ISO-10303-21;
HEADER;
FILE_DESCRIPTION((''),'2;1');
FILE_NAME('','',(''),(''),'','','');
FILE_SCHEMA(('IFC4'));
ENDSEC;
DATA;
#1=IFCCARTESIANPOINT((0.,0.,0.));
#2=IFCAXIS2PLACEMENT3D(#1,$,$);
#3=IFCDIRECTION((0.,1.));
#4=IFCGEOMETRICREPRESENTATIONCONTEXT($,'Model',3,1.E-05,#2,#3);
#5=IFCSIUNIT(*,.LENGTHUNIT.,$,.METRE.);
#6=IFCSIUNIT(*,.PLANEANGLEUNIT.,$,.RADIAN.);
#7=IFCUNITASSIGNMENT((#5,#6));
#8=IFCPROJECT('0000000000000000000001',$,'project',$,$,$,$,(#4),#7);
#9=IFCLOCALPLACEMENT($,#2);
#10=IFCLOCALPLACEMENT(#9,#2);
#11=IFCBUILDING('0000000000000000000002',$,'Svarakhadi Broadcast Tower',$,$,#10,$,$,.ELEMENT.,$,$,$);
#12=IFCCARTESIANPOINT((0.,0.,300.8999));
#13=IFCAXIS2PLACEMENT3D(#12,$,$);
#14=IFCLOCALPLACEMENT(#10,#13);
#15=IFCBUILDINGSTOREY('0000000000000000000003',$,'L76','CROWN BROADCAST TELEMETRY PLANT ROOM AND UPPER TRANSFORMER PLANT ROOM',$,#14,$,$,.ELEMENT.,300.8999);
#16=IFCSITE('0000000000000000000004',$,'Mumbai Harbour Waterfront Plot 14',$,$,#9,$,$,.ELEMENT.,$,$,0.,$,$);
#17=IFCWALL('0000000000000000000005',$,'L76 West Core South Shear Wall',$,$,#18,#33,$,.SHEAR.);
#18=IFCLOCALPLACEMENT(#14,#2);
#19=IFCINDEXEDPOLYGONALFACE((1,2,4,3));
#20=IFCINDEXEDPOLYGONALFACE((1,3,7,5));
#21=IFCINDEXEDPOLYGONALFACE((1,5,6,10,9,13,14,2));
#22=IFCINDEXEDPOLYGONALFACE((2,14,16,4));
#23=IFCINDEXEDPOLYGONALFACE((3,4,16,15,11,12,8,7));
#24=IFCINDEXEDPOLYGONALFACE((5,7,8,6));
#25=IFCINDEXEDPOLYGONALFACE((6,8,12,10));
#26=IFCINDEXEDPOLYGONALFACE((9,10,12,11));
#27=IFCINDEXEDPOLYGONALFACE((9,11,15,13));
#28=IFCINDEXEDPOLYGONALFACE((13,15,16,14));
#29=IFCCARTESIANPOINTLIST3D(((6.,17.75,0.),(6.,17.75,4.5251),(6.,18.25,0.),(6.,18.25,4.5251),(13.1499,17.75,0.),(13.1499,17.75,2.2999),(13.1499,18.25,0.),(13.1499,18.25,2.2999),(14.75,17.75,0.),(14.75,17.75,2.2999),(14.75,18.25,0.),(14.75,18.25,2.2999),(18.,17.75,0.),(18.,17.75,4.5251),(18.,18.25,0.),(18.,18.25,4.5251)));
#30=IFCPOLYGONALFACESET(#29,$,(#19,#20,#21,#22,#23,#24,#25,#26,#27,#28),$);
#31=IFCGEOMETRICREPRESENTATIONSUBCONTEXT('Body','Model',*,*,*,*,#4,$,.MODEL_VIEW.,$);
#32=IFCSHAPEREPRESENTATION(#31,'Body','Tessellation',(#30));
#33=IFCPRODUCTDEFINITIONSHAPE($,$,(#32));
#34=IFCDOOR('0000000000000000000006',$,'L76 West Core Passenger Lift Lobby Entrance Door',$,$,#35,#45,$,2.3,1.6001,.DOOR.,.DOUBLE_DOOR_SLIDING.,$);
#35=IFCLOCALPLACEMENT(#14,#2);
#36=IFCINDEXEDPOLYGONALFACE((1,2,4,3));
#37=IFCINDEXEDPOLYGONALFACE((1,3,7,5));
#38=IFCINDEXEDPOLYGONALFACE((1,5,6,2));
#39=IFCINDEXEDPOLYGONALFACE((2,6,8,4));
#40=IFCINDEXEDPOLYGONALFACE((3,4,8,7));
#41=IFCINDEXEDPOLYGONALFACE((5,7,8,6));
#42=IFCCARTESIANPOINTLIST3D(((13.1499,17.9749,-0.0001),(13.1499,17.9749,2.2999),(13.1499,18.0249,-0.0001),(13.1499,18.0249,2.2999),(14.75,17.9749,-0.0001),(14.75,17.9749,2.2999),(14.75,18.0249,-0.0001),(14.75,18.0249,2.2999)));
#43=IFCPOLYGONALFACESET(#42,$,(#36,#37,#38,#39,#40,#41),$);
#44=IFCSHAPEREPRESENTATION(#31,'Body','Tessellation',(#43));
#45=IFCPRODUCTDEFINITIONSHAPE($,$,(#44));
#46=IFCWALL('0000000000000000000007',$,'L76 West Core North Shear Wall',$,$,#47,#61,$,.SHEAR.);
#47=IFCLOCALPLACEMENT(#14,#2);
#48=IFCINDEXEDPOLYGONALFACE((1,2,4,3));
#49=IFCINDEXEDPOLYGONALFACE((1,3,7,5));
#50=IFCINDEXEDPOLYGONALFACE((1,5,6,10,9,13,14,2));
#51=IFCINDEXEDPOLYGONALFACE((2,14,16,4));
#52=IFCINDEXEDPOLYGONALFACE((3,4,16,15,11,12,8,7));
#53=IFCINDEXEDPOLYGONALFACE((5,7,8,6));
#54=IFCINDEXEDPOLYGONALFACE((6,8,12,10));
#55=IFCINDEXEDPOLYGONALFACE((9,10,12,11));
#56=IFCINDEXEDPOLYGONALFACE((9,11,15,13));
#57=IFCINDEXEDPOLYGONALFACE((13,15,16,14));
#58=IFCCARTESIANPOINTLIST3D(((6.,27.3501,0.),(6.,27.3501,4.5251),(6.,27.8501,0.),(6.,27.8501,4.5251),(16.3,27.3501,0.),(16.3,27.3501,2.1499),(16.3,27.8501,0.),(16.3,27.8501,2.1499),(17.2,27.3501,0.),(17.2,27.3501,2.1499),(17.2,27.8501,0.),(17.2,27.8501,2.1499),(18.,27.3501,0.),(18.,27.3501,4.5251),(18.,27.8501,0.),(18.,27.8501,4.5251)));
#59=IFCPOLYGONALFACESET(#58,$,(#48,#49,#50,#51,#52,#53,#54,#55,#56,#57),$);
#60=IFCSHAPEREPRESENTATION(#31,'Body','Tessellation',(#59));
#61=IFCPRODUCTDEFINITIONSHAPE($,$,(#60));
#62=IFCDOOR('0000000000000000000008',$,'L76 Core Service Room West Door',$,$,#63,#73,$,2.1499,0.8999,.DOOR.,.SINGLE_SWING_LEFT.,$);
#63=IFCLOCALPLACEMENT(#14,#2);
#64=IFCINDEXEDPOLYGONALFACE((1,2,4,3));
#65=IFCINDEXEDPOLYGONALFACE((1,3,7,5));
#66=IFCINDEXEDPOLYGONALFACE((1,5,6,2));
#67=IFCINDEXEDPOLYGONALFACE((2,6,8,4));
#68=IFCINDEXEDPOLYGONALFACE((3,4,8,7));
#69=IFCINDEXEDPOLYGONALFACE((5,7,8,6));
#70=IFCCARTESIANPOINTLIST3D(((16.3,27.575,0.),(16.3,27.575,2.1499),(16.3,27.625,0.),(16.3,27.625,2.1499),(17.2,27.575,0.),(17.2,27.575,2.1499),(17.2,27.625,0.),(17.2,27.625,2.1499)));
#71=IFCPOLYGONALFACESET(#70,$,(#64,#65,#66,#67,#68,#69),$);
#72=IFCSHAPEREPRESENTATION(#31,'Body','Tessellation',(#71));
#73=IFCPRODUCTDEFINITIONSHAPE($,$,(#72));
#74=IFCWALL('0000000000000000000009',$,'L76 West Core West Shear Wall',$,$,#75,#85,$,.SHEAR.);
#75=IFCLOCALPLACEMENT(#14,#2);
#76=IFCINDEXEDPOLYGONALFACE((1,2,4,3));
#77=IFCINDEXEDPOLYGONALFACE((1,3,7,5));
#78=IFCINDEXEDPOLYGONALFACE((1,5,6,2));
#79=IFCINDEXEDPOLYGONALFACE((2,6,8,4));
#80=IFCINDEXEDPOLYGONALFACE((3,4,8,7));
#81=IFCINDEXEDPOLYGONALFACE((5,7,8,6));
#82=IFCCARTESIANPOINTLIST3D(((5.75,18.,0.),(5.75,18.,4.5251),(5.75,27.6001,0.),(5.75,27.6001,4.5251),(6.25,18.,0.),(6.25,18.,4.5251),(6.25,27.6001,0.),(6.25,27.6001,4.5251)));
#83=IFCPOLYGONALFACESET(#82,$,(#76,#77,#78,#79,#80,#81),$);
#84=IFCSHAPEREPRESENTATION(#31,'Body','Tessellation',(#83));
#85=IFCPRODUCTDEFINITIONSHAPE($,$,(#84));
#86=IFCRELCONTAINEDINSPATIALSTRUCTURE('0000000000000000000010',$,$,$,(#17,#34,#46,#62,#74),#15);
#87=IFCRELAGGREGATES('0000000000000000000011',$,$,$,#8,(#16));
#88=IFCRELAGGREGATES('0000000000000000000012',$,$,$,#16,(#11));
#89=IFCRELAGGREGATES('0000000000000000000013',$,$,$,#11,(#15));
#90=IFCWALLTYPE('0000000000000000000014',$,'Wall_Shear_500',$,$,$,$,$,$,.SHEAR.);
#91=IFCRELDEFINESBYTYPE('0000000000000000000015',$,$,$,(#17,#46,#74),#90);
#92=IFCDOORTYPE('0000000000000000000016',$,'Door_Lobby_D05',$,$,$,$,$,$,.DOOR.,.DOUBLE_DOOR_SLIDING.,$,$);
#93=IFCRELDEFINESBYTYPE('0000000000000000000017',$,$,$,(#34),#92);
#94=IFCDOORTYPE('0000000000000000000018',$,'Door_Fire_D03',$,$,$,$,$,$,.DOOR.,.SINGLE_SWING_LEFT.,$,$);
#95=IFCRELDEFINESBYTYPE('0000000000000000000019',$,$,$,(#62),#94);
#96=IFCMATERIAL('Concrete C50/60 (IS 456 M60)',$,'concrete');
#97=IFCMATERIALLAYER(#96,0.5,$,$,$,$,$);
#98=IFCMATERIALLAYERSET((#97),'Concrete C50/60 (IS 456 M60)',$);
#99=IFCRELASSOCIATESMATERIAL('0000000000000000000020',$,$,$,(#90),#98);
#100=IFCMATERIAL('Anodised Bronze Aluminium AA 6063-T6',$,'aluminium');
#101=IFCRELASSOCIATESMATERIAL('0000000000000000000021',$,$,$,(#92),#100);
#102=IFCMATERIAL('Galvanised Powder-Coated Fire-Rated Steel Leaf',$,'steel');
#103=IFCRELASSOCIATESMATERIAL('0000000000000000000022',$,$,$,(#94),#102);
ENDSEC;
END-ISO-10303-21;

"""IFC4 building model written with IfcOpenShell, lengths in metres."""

from ifc_helpers import new_model, si_unit, direction, frame, frame_2d, origin, place, context, subcontext, project, spatial, rectangle, extrude, material, layer, layer_set, type_object, element, fill, save


model = new_model("IFC4")

# Units and contexts
model_context = context("Model", 3, precision=1e-05, world=origin(), true_north=direction((0.0, 1.0)))
body_context = subcontext(model_context, "Body", "Model", "MODEL_VIEW")
ifc_project = project(units=[si_unit("LENGTHUNIT", "METRE"), si_unit("PLANEANGLEUNIT", "RADIAN")], contexts=[model_context])

# Site, building, storey
site_placement = place(None, origin())
site = spatial("IfcSite", under=ifc_project, at=site_placement, Name="Mumbai Harbour Waterfront Plot 14", CompositionType="ELEMENT", RefElevation=0.0)
building_placement = place(site_placement, origin())
building = spatial("IfcBuilding", under=site, at=building_placement, Name="Svarakhadi Broadcast Tower", CompositionType="ELEMENT")
storey_placement = place(building_placement, frame((0.0, 0.0, 300.8999)))
storey = spatial("IfcBuildingStorey", under=building, at=storey_placement, Name="L76", Description="CROWN BROADCAST TELEMETRY PLANT ROOM AND UPPER TRANSFORMER PLANT ROOM", CompositionType="ELEMENT", Elevation=300.8999)

# Shared definitions
ifc_material_1 = material(Name="Concrete C50/60 (IS 456 M60)", Category="concrete")

# Shared definitions
ifc_material_2 = material(Name="Galvanised Powder-Coated Fire-Rated Steel Leaf", Category="steel")

# Walls, openings, doors
ifc_layer_1 = layer(ifc_material_1, 0.5)
ifc_layer_set_1 = layer_set([ifc_layer_1], Name="Concrete C50/60 (IS 456 M60)")
wall_type_1 = type_object("IfcWallType", Name="Wall_Shear_500", PredefinedType="SHEAR", material=ifc_layer_set_1)
wall_1_placement = place(storey_placement, frame((6.0, 18.0, 0.0), z_axis=(0.0, 0.0, 1.0), x_axis=(1.0, 0.0, 0.0)))
wall_1 = element("IfcWall", 1, at=wall_1_placement, inside=storey, type_object=wall_type_1, Name="L76 West Core South Shear Wall", PredefinedType="SHEAR", context=body_context, shape_type="SweptSolid", body=[
    extrude(rectangle(XDim=12.0, YDim=0.5, at=frame_2d((6.0, 0.0))), origin(), (0.0, 0.0, 1.0), 4.5251),
])
opening_1_placement = place(wall_1_placement, frame((7.1499, 0.0, 0.0)))
opening_1 = element("IfcOpeningElement", 2, at=opening_1_placement, cuts=wall_1, PredefinedType="OPENING", context=body_context, shape_type="SweptSolid", body=[
    extrude(rectangle(XDim=1.6001, YDim=2.3, at=frame_2d((0.8, 1.1499))), frame((0.0, 0.26, 0.0), z_axis=(0.0, -1.0, 0.0), x_axis=(1.0, 0.0, 0.0)), (0.0, 0.0, 1.0), 0.52),
])
ifc_material_3 = material(Name="Anodised Bronze Aluminium AA 6063-T6", Category="aluminium")
door_type_1 = type_object("IfcDoorType", Name="Door_Lobby_D05", OperationType="DOUBLE_DOOR_SLIDING", PredefinedType="DOOR", material=ifc_material_3)
door_1_placement = place(opening_1_placement, origin())
door_1 = element("IfcDoor", 3, at=door_1_placement, inside=storey, type_object=door_type_1, Name="L76 West Core Passenger Lift Lobby Entrance Door", OperationType="DOUBLE_DOOR_SLIDING", OverallHeight=2.3, OverallWidth=1.6001, PredefinedType="DOOR", context=body_context, shape_type="SweptSolid", body=[
    extrude(rectangle(XDim=1.6001, YDim=2.3, at=frame_2d((0.8, 1.1499))), frame((0.0, 0.0249, 0.0), z_axis=(0.0, -1.0, 0.0), x_axis=(1.0, 0.0, 0.0)), (0.0, 0.0, 1.0), 0.05),
])
fill(opening_1, door_1)
wall_2_placement = place(storey_placement, frame((6.0, 27.6001, 0.0), z_axis=(0.0, 0.0, 1.0), x_axis=(1.0, 0.0, 0.0)))
wall_2 = element("IfcWall", 4, at=wall_2_placement, inside=storey, type_object=wall_type_1, Name="L76 West Core North Shear Wall", PredefinedType="SHEAR", context=body_context, shape_type="SweptSolid", body=[
    extrude(rectangle(XDim=12.0, YDim=0.5, at=frame_2d((6.0, 0.0))), origin(), (0.0, 0.0, 1.0), 4.5251),
])
opening_2_placement = place(wall_2_placement, frame((10.3, 0.0, 0.0)))
opening_2 = element("IfcOpeningElement", 5, at=opening_2_placement, cuts=wall_2, PredefinedType="OPENING", context=body_context, shape_type="SweptSolid", body=[
    extrude(rectangle(XDim=0.8999, YDim=2.1499, at=frame_2d((0.45, 1.075))), frame((0.0, 0.26, 0.0), z_axis=(0.0, -1.0, 0.0), x_axis=(1.0, 0.0, 0.0)), (0.0, 0.0, 1.0), 0.52),
])
door_type_2 = type_object("IfcDoorType", Name="Door_Fire_D03", OperationType="SINGLE_SWING_LEFT", PredefinedType="DOOR", material=ifc_material_2)
door_2_placement = place(opening_2_placement, origin())
door_2 = element("IfcDoor", 6, at=door_2_placement, inside=storey, type_object=door_type_2, Name="L76 Core Service Room West Door", OperationType="SINGLE_SWING_LEFT", OverallHeight=2.1499, OverallWidth=0.8999, PredefinedType="DOOR", context=body_context, shape_type="SweptSolid", body=[
    extrude(rectangle(XDim=0.8999, YDim=2.1499, at=frame_2d((0.45, 1.075))), frame((0.0, 0.0249, 0.0), z_axis=(0.0, -1.0, 0.0), x_axis=(1.0, 0.0, 0.0)), (0.0, 0.0, 1.0), 0.05),
])
fill(opening_2, door_2)

# Wall
wall_3_placement = place(storey_placement, frame((6.0, 18.0, 0.0), z_axis=(0.0, 0.0, 1.0), x_axis=(0.0, 1.0, 0.0)))
element("IfcWall", 7, at=wall_3_placement, inside=storey, type_object=wall_type_1, Name="L76 West Core West Shear Wall", PredefinedType="SHEAR", context=body_context, shape_type="SweptSolid", body=[
    extrude(rectangle(XDim=9.6001, YDim=0.5, at=frame_2d((4.8, 0.0))), origin(), (0.0, 0.0, 1.0), 4.5251),
])

save(model, "model.ifc")
